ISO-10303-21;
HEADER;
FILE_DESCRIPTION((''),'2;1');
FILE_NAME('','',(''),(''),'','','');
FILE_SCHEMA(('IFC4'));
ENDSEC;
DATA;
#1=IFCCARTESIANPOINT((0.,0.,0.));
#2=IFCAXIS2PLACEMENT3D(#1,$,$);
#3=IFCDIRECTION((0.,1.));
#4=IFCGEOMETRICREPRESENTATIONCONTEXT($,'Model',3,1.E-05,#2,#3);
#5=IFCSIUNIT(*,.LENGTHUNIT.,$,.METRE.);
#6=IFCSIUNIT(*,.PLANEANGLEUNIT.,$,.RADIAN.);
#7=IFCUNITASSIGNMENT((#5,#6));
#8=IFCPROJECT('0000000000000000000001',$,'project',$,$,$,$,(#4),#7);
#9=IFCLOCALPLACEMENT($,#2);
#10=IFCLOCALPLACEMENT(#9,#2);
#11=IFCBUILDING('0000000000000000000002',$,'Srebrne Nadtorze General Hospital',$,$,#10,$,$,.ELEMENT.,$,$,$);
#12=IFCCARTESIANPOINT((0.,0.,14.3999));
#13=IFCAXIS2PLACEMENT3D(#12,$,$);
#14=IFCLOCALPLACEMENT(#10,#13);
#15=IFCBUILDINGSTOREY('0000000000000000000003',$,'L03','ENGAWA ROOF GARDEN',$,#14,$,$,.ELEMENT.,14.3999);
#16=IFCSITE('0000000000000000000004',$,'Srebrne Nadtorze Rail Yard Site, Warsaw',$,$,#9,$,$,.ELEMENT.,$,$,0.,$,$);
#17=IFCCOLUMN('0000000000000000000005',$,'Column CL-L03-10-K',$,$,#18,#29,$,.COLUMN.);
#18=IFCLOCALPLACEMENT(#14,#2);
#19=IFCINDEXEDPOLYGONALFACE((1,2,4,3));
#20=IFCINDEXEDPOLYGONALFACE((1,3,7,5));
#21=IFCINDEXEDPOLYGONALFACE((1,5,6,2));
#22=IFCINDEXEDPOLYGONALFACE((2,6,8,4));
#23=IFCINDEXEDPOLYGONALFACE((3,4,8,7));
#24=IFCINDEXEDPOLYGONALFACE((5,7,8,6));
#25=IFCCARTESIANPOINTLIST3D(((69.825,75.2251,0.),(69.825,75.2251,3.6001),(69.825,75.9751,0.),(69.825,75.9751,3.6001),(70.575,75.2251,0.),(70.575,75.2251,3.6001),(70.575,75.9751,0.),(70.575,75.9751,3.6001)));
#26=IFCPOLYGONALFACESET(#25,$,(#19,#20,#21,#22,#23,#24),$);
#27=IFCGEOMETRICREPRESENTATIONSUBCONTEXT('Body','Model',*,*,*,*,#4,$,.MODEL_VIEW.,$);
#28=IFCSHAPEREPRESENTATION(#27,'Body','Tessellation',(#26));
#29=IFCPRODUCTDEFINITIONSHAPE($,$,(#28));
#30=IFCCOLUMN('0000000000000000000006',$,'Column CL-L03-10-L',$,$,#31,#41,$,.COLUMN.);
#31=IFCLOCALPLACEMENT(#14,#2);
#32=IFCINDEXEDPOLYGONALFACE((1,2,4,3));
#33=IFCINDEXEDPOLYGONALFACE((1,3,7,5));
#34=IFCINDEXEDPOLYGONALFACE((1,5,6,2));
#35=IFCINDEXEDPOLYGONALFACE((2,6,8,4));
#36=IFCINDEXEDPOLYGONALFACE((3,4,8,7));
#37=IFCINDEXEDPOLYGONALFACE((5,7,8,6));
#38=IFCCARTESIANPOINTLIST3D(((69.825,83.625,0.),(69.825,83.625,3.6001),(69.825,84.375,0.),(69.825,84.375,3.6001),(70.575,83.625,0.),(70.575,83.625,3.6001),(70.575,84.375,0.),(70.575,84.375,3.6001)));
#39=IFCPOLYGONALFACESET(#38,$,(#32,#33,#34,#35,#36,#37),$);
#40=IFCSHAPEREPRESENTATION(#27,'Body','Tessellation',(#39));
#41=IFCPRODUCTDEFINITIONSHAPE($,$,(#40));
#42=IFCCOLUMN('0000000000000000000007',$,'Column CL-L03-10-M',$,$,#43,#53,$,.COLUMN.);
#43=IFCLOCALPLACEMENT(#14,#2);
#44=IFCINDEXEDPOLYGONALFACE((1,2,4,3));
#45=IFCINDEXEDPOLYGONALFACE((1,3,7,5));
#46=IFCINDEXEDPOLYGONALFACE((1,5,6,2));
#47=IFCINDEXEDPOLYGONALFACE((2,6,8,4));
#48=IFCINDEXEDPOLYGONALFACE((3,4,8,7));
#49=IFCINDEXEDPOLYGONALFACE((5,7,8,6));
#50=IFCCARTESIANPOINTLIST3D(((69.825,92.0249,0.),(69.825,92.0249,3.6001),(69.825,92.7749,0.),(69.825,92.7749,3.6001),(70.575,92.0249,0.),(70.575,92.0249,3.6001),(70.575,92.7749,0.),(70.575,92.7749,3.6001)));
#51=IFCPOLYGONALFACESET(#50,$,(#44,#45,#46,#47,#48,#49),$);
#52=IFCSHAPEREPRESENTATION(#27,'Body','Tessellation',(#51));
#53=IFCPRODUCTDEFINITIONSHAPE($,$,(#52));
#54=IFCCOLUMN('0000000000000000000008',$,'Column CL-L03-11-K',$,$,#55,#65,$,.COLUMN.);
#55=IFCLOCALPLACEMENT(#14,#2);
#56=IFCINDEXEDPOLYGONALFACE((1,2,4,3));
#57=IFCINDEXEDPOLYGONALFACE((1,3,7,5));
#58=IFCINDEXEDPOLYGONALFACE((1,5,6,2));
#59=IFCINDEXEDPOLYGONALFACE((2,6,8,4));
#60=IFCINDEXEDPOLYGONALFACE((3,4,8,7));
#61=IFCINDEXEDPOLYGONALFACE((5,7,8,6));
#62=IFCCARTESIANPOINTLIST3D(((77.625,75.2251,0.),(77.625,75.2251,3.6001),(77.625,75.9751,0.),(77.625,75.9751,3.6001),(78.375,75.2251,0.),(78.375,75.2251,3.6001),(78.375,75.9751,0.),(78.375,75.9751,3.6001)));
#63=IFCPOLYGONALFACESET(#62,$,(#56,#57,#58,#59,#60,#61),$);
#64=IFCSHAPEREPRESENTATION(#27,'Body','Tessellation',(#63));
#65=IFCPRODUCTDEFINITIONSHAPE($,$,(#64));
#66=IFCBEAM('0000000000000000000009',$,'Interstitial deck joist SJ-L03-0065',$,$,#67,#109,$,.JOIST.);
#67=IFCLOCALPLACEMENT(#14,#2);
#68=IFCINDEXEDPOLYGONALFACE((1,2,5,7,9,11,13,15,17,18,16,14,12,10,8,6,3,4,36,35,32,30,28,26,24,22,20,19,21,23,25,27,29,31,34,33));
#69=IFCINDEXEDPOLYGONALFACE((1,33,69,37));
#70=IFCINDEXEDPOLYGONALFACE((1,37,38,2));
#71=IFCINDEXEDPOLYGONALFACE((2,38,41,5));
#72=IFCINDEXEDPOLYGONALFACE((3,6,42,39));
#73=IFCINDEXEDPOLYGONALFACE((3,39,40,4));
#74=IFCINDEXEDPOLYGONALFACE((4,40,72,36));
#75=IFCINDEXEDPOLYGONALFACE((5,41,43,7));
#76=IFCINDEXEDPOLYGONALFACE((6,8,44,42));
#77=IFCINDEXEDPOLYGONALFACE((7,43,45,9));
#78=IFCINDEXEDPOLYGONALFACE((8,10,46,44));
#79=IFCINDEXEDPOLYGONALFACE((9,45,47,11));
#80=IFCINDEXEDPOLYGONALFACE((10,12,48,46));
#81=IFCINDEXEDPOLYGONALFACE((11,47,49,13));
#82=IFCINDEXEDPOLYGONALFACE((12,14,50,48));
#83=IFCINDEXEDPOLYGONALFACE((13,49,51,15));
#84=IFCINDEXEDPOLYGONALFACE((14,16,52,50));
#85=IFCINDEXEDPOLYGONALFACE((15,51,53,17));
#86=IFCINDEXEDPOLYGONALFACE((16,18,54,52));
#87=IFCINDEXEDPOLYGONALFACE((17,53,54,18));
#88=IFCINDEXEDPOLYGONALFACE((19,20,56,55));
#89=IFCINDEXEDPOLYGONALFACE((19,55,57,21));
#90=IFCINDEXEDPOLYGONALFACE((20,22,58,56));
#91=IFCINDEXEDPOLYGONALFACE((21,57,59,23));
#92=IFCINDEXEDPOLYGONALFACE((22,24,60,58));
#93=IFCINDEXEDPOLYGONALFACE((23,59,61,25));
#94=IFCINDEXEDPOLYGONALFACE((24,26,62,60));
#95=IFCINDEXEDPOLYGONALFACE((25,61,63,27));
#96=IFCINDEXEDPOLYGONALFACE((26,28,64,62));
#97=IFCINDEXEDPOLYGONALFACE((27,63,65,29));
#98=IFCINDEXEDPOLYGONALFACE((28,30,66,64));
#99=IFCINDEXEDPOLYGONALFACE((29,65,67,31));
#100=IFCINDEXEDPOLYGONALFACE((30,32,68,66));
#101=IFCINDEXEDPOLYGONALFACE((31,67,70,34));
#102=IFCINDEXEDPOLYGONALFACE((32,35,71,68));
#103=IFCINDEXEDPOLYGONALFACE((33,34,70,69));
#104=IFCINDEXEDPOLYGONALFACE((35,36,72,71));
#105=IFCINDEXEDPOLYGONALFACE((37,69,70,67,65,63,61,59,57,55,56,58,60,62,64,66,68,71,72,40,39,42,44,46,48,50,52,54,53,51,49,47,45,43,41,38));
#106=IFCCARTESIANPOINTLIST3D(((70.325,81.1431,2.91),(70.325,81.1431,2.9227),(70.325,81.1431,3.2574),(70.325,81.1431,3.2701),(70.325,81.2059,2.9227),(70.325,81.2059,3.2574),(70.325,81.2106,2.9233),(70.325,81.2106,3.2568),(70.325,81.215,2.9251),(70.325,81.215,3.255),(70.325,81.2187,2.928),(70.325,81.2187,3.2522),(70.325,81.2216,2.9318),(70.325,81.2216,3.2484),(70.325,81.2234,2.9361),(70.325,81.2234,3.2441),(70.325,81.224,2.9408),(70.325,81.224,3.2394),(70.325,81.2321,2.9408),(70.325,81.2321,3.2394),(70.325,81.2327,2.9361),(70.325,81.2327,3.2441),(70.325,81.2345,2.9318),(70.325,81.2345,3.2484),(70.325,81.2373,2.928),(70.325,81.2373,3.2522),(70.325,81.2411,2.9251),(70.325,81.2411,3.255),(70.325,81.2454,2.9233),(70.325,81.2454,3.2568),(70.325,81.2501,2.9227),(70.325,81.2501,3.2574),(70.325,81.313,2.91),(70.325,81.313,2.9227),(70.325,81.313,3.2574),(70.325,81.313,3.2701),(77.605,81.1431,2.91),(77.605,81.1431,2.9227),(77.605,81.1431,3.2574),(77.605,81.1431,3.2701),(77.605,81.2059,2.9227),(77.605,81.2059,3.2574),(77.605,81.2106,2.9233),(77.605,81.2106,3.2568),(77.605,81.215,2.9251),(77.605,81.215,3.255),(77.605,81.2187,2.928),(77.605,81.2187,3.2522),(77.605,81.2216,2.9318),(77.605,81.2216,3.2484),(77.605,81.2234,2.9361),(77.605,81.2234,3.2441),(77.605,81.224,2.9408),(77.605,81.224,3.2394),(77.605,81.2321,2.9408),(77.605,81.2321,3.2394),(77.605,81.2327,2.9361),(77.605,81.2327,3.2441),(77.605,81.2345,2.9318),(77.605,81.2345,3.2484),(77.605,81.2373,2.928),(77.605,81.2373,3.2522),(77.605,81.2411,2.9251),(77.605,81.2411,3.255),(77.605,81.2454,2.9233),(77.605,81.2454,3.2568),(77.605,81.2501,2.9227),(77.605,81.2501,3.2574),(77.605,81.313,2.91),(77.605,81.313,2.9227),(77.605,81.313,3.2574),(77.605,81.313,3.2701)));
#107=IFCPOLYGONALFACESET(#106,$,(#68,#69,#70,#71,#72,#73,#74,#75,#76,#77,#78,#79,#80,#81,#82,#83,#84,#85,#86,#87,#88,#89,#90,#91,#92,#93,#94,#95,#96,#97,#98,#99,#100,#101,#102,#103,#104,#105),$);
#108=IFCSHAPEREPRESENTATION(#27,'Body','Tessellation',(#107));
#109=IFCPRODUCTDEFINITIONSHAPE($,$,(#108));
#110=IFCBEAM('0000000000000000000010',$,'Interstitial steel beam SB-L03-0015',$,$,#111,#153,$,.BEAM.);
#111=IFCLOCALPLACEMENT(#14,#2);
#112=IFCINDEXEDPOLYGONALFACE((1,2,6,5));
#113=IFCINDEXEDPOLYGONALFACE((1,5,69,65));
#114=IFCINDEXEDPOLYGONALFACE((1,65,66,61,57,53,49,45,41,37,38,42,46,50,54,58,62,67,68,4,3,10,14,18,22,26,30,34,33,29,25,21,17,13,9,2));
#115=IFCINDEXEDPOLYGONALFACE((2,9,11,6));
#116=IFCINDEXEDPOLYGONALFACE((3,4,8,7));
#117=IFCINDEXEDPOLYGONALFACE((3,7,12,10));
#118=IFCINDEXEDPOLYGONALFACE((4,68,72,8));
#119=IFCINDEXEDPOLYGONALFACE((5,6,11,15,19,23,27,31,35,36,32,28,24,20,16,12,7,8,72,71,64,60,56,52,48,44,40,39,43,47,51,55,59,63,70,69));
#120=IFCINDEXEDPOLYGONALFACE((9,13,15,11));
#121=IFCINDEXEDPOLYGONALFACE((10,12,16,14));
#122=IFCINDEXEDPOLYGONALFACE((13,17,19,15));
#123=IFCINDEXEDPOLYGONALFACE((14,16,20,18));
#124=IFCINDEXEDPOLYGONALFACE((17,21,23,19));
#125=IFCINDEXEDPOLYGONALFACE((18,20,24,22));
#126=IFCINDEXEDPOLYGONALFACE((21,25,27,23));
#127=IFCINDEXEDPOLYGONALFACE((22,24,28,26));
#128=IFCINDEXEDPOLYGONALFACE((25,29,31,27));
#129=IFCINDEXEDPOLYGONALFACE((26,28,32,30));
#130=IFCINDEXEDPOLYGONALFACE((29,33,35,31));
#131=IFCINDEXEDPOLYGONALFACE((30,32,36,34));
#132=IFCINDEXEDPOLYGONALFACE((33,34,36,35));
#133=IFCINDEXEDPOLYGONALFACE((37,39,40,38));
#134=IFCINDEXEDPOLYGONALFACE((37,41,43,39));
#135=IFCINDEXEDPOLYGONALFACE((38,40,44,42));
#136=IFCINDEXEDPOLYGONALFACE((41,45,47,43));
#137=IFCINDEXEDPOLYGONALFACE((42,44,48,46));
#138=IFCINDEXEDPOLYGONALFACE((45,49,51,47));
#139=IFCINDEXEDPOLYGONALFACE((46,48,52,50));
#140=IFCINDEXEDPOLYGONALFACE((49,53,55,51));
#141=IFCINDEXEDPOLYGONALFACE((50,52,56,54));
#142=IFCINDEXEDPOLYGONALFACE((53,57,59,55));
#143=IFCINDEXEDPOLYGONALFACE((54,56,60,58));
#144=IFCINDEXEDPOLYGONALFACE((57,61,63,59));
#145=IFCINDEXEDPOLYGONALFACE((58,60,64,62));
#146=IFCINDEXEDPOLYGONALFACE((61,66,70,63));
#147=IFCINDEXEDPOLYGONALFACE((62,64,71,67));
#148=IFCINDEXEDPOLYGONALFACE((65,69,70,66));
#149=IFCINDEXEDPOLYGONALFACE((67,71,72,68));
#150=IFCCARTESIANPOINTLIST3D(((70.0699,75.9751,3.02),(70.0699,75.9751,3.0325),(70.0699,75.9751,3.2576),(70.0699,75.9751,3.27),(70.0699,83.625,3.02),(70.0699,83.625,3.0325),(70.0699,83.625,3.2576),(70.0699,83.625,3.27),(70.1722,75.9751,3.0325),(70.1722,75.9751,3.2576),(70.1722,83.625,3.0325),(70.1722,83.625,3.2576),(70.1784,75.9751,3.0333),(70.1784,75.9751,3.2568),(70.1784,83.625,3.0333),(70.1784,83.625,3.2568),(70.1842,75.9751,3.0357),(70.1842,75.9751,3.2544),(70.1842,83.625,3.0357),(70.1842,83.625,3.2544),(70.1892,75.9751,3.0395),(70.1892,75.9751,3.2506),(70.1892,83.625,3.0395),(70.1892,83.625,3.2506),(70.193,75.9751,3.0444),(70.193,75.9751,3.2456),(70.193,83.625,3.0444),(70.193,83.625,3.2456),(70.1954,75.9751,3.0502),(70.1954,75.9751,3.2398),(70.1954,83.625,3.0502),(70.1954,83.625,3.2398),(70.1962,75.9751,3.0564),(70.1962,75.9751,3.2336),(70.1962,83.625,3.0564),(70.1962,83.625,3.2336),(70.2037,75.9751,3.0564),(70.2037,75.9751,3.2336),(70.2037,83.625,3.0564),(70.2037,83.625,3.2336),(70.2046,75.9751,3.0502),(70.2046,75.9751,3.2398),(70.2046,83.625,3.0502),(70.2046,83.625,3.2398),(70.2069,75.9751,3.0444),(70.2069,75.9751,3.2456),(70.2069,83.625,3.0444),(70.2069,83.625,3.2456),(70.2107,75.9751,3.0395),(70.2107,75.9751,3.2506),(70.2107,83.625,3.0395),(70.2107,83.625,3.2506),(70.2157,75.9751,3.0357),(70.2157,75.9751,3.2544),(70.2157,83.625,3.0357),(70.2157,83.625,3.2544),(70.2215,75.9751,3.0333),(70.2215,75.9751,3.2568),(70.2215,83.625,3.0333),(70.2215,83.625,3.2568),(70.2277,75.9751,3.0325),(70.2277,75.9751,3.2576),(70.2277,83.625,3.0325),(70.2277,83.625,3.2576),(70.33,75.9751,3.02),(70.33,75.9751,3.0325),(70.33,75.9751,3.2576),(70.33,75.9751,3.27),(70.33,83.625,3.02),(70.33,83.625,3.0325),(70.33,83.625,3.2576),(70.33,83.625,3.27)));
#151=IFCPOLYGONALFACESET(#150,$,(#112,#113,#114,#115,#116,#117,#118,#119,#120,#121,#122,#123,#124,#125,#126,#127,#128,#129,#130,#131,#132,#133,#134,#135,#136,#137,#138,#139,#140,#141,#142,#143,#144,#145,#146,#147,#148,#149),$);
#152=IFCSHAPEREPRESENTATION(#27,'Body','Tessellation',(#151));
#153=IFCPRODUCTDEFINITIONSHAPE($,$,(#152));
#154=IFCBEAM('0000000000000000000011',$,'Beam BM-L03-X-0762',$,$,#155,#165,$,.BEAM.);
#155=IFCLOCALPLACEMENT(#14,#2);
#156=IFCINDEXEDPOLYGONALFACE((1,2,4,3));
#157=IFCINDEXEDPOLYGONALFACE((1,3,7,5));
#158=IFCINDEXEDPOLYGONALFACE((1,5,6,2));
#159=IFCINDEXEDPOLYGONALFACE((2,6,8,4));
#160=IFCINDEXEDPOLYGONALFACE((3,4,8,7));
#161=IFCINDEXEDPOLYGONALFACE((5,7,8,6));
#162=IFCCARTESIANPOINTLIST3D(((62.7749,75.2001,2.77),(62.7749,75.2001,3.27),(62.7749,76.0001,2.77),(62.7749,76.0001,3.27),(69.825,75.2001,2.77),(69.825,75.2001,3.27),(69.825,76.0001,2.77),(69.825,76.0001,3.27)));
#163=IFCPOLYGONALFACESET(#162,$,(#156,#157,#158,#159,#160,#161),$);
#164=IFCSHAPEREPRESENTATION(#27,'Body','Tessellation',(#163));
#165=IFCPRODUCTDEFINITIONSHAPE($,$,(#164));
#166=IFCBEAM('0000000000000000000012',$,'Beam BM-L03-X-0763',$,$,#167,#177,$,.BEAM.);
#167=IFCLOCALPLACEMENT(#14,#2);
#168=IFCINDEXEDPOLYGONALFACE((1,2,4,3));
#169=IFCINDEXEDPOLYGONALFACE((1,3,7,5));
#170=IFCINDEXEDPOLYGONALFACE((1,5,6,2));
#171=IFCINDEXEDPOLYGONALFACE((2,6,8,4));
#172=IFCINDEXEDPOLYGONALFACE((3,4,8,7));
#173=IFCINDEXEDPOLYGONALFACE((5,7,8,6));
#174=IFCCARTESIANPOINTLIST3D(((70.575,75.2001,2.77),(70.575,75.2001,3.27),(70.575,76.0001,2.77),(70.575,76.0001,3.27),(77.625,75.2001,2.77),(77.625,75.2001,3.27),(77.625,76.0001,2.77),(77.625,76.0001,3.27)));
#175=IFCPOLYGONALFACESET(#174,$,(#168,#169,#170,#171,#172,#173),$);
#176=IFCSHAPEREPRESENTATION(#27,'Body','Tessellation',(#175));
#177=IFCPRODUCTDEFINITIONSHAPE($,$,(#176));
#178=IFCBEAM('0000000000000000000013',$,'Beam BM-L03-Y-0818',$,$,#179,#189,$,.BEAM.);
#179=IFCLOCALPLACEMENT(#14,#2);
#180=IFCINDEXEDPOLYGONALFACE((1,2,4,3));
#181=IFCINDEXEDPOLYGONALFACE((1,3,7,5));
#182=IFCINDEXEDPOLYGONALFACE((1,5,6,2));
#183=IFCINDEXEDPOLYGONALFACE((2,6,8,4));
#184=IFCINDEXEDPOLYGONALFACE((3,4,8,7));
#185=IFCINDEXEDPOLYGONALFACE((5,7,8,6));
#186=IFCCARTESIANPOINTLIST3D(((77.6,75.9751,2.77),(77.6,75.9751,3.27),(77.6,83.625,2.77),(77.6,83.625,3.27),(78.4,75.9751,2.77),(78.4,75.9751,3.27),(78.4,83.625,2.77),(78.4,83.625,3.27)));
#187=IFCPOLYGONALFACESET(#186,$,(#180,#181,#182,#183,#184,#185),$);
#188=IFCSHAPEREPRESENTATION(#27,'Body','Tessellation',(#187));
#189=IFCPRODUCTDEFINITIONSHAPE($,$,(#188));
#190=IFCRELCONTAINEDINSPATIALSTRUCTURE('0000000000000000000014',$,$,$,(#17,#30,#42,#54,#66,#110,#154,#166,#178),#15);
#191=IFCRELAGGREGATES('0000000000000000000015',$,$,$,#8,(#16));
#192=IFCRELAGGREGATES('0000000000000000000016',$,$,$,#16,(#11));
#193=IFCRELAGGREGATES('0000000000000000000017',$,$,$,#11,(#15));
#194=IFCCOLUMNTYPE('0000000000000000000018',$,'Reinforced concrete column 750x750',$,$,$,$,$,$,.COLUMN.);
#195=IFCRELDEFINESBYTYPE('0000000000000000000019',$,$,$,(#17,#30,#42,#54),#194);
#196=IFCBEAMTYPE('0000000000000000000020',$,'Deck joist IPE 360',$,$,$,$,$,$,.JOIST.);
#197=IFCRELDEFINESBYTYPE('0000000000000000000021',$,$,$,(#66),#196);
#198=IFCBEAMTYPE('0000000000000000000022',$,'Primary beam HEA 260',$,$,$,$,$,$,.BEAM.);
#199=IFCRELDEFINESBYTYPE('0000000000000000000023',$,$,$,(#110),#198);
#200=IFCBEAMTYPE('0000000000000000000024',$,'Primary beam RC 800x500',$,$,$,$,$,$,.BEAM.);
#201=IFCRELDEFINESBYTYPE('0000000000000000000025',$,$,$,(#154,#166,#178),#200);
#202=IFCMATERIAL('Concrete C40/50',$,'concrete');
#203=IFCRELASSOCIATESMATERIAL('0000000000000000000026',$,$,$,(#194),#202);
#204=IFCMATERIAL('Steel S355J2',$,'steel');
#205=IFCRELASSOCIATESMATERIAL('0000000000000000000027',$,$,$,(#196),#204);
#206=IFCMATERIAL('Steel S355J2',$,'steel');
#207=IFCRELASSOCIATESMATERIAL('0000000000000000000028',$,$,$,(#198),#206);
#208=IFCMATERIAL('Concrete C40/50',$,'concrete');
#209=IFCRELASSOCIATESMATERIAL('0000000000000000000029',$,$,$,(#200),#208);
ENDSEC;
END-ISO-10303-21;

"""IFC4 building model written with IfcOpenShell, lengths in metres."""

from ifc_helpers import new_model, si_unit, direction, frame, origin, origin_2d, place, context, subcontext, project, spatial, rectangle, i_section, extrude, material, material_profile, profile_set, type_object, element, save


model = new_model("IFC4")

# Units and contexts
model_context = context("Model", 3, precision=1e-05, world=origin(), true_north=direction((0.0, 1.0)))
body_context = subcontext(model_context, "Body", "Model", "MODEL_VIEW")
ifc_project = project(units=[si_unit("LENGTHUNIT", "METRE"), si_unit("PLANEANGLEUNIT", "RADIAN")], contexts=[model_context])

# Site, building, storey
site_placement = place(None, origin())
site = spatial("IfcSite", under=ifc_project, at=site_placement, Name="Srebrne Nadtorze Rail Yard Site, Warsaw", CompositionType="ELEMENT", RefElevation=0.0)
building_placement = place(site_placement, origin())
building = spatial("IfcBuilding", under=site, at=building_placement, Name="Srebrne Nadtorze General Hospital", CompositionType="ELEMENT")
storey_placement = place(building_placement, frame((0.0, 0.0, 14.3999)))
storey = spatial("IfcBuildingStorey", under=building, at=storey_placement, Name="L03", Description="ENGAWA ROOF GARDEN", CompositionType="ELEMENT", Elevation=14.3999)

# Columns
ifc_material_1 = material(Name="Concrete C40/50", Category="concrete")
ifc_material_profile_1 = material_profile(ifc_material_1, rectangle(XDim=0.75, YDim=0.75, at=origin_2d()), Name="RC-COL-750x750")
ifc_profile_set_1 = profile_set([ifc_material_profile_1], Name="Concrete C40/50")
column_type = type_object("IfcColumnType", Name="Reinforced concrete column 750x750", PredefinedType="COLUMN", material=ifc_profile_set_1)
for number, where, z_axis, x_axis, name in (
    (1, (70.2, 75.6001, 0.0), (0.0, 0.0, 1.0), (1.0, 0.0, 0.0), "Column CL-L03-10-K"),
    (2, (70.2, 84.0, 0.0), (0.0, 0.0, 1.0), (1.0, 0.0, 0.0), "Column CL-L03-10-L"),
    (3, (70.2, 92.3999, 0.0), (0.0, 0.0, 1.0), (1.0, 0.0, 0.0), "Column CL-L03-10-M"),
    (4, (78.0, 75.6001, 0.0), (0.0, 0.0, 1.0), (1.0, 0.0, 0.0), "Column CL-L03-11-K"),
):
    element("IfcColumn", number, at=place(storey_placement, frame(where, z_axis=z_axis, x_axis=x_axis)), inside=storey, type_object=column_type, Name=name, PredefinedType="COLUMN", context=body_context, shape_type="SweptSolid", body=[
        extrude(rectangle(XDim=0.75, YDim=0.75, at=origin_2d()), origin(), (0.0, 0.0, 1.0), 3.6001),
    ])

# Beams
ifc_material_2 = material(Name="Steel S355J2", Category="steel")
ifc_material_profile_2 = material_profile(ifc_material_2, i_section(OverallWidth=0.1699, OverallDepth=0.3601, WebThickness=0.0081, FlangeThickness=0.0127, FilletRadius=0.0181, at=origin_2d()), Name="IPE-360")
ifc_profile_set_2 = profile_set([ifc_material_profile_2], Name="Steel S355J2")
beam_type_1 = type_object("IfcBeamType", Name="Deck joist IPE 360", PredefinedType="JOIST", material=ifc_profile_set_2)
beam_1_placement = place(storey_placement, frame((70.325, 81.228, 3.0901), z_axis=(1.0, 0.0, 0.0), x_axis=(0.0, 1.0, 0.0)))
element("IfcBeam", 5, at=beam_1_placement, inside=storey, type_object=beam_type_1, Name="Interstitial deck joist SJ-L03-0065", PredefinedType="JOIST", context=body_context, shape_type="SweptSolid", body=[
    extrude(i_section(OverallWidth=0.1699, OverallDepth=0.3601, WebThickness=0.0081, FlangeThickness=0.0127, FilletRadius=0.0181, at=origin_2d()), origin(), (0.0, 0.0, 1.0), 7.28),
])
ifc_material_3 = material(Name="Steel S355J2", Category="steel")
ifc_material_profile_3 = material_profile(ifc_material_3, i_section(OverallWidth=0.26, OverallDepth=0.25, WebThickness=0.0076, FlangeThickness=0.0125, FilletRadius=0.0239, at=origin_2d()), Name="HEA-260")
ifc_profile_set_3 = profile_set([ifc_material_profile_3], Name="Steel S355J2")
beam_type_2 = type_object("IfcBeamType", Name="Primary beam HEA 260", PredefinedType="BEAM", material=ifc_profile_set_3)
beam_2_placement = place(storey_placement, frame((70.2, 75.9751, 3.145), z_axis=(0.0, 1.0, 0.0), x_axis=(-1.0, 0.0, 0.0)))
element("IfcBeam", 6, at=beam_2_placement, inside=storey, type_object=beam_type_2, Name="Interstitial steel beam SB-L03-0015", PredefinedType="BEAM", context=body_context, shape_type="SweptSolid", body=[
    extrude(i_section(OverallWidth=0.26, OverallDepth=0.25, WebThickness=0.0076, FlangeThickness=0.0125, FilletRadius=0.0239, at=origin_2d()), origin(), (0.0, 0.0, 1.0), 7.6499),
])
ifc_material_4 = material(Name="Concrete C40/50", Category="concrete")
ifc_material_profile_4 = material_profile(ifc_material_4, rectangle(XDim=0.8, YDim=0.5, at=origin_2d()), Name="RC-BM-800x500")
ifc_profile_set_4 = profile_set([ifc_material_profile_4], Name="Concrete C40/50")
beam_type_3 = type_object("IfcBeamType", Name="Primary beam RC 800x500", PredefinedType="BEAM", material=ifc_profile_set_4)
for number, where, z_axis, x_axis, name in (
    (7, (62.7749, 75.6001, 3.02), (1.0, 0.0, 0.0), (0.0, 1.0, 0.0), "Beam BM-L03-X-0762"),
    (8, (70.575, 75.6001, 3.02), (1.0, 0.0, 0.0), (0.0, 1.0, 0.0), "Beam BM-L03-X-0763"),
):
    element("IfcBeam", number, at=place(storey_placement, frame(where, z_axis=z_axis, x_axis=x_axis)), inside=storey, type_object=beam_type_3, Name=name, PredefinedType="BEAM", context=body_context, shape_type="SweptSolid", body=[
        extrude(rectangle(XDim=0.8, YDim=0.5, at=origin_2d()), origin(), (0.0, 0.0, 1.0), 7.05),
    ])
beam_3_placement = place(storey_placement, frame((78.0, 75.9751, 3.02), z_axis=(0.0, 1.0, 0.0), x_axis=(-1.0, 0.0, 0.0)))
element("IfcBeam", 9, at=beam_3_placement, inside=storey, type_object=beam_type_3, Name="Beam BM-L03-Y-0818", PredefinedType="BEAM", context=body_context, shape_type="SweptSolid", body=[
    extrude(rectangle(XDim=0.8, YDim=0.5, at=origin_2d()), origin(), (0.0, 0.0, 1.0), 7.6499),
])

save(model, "model.ifc")
